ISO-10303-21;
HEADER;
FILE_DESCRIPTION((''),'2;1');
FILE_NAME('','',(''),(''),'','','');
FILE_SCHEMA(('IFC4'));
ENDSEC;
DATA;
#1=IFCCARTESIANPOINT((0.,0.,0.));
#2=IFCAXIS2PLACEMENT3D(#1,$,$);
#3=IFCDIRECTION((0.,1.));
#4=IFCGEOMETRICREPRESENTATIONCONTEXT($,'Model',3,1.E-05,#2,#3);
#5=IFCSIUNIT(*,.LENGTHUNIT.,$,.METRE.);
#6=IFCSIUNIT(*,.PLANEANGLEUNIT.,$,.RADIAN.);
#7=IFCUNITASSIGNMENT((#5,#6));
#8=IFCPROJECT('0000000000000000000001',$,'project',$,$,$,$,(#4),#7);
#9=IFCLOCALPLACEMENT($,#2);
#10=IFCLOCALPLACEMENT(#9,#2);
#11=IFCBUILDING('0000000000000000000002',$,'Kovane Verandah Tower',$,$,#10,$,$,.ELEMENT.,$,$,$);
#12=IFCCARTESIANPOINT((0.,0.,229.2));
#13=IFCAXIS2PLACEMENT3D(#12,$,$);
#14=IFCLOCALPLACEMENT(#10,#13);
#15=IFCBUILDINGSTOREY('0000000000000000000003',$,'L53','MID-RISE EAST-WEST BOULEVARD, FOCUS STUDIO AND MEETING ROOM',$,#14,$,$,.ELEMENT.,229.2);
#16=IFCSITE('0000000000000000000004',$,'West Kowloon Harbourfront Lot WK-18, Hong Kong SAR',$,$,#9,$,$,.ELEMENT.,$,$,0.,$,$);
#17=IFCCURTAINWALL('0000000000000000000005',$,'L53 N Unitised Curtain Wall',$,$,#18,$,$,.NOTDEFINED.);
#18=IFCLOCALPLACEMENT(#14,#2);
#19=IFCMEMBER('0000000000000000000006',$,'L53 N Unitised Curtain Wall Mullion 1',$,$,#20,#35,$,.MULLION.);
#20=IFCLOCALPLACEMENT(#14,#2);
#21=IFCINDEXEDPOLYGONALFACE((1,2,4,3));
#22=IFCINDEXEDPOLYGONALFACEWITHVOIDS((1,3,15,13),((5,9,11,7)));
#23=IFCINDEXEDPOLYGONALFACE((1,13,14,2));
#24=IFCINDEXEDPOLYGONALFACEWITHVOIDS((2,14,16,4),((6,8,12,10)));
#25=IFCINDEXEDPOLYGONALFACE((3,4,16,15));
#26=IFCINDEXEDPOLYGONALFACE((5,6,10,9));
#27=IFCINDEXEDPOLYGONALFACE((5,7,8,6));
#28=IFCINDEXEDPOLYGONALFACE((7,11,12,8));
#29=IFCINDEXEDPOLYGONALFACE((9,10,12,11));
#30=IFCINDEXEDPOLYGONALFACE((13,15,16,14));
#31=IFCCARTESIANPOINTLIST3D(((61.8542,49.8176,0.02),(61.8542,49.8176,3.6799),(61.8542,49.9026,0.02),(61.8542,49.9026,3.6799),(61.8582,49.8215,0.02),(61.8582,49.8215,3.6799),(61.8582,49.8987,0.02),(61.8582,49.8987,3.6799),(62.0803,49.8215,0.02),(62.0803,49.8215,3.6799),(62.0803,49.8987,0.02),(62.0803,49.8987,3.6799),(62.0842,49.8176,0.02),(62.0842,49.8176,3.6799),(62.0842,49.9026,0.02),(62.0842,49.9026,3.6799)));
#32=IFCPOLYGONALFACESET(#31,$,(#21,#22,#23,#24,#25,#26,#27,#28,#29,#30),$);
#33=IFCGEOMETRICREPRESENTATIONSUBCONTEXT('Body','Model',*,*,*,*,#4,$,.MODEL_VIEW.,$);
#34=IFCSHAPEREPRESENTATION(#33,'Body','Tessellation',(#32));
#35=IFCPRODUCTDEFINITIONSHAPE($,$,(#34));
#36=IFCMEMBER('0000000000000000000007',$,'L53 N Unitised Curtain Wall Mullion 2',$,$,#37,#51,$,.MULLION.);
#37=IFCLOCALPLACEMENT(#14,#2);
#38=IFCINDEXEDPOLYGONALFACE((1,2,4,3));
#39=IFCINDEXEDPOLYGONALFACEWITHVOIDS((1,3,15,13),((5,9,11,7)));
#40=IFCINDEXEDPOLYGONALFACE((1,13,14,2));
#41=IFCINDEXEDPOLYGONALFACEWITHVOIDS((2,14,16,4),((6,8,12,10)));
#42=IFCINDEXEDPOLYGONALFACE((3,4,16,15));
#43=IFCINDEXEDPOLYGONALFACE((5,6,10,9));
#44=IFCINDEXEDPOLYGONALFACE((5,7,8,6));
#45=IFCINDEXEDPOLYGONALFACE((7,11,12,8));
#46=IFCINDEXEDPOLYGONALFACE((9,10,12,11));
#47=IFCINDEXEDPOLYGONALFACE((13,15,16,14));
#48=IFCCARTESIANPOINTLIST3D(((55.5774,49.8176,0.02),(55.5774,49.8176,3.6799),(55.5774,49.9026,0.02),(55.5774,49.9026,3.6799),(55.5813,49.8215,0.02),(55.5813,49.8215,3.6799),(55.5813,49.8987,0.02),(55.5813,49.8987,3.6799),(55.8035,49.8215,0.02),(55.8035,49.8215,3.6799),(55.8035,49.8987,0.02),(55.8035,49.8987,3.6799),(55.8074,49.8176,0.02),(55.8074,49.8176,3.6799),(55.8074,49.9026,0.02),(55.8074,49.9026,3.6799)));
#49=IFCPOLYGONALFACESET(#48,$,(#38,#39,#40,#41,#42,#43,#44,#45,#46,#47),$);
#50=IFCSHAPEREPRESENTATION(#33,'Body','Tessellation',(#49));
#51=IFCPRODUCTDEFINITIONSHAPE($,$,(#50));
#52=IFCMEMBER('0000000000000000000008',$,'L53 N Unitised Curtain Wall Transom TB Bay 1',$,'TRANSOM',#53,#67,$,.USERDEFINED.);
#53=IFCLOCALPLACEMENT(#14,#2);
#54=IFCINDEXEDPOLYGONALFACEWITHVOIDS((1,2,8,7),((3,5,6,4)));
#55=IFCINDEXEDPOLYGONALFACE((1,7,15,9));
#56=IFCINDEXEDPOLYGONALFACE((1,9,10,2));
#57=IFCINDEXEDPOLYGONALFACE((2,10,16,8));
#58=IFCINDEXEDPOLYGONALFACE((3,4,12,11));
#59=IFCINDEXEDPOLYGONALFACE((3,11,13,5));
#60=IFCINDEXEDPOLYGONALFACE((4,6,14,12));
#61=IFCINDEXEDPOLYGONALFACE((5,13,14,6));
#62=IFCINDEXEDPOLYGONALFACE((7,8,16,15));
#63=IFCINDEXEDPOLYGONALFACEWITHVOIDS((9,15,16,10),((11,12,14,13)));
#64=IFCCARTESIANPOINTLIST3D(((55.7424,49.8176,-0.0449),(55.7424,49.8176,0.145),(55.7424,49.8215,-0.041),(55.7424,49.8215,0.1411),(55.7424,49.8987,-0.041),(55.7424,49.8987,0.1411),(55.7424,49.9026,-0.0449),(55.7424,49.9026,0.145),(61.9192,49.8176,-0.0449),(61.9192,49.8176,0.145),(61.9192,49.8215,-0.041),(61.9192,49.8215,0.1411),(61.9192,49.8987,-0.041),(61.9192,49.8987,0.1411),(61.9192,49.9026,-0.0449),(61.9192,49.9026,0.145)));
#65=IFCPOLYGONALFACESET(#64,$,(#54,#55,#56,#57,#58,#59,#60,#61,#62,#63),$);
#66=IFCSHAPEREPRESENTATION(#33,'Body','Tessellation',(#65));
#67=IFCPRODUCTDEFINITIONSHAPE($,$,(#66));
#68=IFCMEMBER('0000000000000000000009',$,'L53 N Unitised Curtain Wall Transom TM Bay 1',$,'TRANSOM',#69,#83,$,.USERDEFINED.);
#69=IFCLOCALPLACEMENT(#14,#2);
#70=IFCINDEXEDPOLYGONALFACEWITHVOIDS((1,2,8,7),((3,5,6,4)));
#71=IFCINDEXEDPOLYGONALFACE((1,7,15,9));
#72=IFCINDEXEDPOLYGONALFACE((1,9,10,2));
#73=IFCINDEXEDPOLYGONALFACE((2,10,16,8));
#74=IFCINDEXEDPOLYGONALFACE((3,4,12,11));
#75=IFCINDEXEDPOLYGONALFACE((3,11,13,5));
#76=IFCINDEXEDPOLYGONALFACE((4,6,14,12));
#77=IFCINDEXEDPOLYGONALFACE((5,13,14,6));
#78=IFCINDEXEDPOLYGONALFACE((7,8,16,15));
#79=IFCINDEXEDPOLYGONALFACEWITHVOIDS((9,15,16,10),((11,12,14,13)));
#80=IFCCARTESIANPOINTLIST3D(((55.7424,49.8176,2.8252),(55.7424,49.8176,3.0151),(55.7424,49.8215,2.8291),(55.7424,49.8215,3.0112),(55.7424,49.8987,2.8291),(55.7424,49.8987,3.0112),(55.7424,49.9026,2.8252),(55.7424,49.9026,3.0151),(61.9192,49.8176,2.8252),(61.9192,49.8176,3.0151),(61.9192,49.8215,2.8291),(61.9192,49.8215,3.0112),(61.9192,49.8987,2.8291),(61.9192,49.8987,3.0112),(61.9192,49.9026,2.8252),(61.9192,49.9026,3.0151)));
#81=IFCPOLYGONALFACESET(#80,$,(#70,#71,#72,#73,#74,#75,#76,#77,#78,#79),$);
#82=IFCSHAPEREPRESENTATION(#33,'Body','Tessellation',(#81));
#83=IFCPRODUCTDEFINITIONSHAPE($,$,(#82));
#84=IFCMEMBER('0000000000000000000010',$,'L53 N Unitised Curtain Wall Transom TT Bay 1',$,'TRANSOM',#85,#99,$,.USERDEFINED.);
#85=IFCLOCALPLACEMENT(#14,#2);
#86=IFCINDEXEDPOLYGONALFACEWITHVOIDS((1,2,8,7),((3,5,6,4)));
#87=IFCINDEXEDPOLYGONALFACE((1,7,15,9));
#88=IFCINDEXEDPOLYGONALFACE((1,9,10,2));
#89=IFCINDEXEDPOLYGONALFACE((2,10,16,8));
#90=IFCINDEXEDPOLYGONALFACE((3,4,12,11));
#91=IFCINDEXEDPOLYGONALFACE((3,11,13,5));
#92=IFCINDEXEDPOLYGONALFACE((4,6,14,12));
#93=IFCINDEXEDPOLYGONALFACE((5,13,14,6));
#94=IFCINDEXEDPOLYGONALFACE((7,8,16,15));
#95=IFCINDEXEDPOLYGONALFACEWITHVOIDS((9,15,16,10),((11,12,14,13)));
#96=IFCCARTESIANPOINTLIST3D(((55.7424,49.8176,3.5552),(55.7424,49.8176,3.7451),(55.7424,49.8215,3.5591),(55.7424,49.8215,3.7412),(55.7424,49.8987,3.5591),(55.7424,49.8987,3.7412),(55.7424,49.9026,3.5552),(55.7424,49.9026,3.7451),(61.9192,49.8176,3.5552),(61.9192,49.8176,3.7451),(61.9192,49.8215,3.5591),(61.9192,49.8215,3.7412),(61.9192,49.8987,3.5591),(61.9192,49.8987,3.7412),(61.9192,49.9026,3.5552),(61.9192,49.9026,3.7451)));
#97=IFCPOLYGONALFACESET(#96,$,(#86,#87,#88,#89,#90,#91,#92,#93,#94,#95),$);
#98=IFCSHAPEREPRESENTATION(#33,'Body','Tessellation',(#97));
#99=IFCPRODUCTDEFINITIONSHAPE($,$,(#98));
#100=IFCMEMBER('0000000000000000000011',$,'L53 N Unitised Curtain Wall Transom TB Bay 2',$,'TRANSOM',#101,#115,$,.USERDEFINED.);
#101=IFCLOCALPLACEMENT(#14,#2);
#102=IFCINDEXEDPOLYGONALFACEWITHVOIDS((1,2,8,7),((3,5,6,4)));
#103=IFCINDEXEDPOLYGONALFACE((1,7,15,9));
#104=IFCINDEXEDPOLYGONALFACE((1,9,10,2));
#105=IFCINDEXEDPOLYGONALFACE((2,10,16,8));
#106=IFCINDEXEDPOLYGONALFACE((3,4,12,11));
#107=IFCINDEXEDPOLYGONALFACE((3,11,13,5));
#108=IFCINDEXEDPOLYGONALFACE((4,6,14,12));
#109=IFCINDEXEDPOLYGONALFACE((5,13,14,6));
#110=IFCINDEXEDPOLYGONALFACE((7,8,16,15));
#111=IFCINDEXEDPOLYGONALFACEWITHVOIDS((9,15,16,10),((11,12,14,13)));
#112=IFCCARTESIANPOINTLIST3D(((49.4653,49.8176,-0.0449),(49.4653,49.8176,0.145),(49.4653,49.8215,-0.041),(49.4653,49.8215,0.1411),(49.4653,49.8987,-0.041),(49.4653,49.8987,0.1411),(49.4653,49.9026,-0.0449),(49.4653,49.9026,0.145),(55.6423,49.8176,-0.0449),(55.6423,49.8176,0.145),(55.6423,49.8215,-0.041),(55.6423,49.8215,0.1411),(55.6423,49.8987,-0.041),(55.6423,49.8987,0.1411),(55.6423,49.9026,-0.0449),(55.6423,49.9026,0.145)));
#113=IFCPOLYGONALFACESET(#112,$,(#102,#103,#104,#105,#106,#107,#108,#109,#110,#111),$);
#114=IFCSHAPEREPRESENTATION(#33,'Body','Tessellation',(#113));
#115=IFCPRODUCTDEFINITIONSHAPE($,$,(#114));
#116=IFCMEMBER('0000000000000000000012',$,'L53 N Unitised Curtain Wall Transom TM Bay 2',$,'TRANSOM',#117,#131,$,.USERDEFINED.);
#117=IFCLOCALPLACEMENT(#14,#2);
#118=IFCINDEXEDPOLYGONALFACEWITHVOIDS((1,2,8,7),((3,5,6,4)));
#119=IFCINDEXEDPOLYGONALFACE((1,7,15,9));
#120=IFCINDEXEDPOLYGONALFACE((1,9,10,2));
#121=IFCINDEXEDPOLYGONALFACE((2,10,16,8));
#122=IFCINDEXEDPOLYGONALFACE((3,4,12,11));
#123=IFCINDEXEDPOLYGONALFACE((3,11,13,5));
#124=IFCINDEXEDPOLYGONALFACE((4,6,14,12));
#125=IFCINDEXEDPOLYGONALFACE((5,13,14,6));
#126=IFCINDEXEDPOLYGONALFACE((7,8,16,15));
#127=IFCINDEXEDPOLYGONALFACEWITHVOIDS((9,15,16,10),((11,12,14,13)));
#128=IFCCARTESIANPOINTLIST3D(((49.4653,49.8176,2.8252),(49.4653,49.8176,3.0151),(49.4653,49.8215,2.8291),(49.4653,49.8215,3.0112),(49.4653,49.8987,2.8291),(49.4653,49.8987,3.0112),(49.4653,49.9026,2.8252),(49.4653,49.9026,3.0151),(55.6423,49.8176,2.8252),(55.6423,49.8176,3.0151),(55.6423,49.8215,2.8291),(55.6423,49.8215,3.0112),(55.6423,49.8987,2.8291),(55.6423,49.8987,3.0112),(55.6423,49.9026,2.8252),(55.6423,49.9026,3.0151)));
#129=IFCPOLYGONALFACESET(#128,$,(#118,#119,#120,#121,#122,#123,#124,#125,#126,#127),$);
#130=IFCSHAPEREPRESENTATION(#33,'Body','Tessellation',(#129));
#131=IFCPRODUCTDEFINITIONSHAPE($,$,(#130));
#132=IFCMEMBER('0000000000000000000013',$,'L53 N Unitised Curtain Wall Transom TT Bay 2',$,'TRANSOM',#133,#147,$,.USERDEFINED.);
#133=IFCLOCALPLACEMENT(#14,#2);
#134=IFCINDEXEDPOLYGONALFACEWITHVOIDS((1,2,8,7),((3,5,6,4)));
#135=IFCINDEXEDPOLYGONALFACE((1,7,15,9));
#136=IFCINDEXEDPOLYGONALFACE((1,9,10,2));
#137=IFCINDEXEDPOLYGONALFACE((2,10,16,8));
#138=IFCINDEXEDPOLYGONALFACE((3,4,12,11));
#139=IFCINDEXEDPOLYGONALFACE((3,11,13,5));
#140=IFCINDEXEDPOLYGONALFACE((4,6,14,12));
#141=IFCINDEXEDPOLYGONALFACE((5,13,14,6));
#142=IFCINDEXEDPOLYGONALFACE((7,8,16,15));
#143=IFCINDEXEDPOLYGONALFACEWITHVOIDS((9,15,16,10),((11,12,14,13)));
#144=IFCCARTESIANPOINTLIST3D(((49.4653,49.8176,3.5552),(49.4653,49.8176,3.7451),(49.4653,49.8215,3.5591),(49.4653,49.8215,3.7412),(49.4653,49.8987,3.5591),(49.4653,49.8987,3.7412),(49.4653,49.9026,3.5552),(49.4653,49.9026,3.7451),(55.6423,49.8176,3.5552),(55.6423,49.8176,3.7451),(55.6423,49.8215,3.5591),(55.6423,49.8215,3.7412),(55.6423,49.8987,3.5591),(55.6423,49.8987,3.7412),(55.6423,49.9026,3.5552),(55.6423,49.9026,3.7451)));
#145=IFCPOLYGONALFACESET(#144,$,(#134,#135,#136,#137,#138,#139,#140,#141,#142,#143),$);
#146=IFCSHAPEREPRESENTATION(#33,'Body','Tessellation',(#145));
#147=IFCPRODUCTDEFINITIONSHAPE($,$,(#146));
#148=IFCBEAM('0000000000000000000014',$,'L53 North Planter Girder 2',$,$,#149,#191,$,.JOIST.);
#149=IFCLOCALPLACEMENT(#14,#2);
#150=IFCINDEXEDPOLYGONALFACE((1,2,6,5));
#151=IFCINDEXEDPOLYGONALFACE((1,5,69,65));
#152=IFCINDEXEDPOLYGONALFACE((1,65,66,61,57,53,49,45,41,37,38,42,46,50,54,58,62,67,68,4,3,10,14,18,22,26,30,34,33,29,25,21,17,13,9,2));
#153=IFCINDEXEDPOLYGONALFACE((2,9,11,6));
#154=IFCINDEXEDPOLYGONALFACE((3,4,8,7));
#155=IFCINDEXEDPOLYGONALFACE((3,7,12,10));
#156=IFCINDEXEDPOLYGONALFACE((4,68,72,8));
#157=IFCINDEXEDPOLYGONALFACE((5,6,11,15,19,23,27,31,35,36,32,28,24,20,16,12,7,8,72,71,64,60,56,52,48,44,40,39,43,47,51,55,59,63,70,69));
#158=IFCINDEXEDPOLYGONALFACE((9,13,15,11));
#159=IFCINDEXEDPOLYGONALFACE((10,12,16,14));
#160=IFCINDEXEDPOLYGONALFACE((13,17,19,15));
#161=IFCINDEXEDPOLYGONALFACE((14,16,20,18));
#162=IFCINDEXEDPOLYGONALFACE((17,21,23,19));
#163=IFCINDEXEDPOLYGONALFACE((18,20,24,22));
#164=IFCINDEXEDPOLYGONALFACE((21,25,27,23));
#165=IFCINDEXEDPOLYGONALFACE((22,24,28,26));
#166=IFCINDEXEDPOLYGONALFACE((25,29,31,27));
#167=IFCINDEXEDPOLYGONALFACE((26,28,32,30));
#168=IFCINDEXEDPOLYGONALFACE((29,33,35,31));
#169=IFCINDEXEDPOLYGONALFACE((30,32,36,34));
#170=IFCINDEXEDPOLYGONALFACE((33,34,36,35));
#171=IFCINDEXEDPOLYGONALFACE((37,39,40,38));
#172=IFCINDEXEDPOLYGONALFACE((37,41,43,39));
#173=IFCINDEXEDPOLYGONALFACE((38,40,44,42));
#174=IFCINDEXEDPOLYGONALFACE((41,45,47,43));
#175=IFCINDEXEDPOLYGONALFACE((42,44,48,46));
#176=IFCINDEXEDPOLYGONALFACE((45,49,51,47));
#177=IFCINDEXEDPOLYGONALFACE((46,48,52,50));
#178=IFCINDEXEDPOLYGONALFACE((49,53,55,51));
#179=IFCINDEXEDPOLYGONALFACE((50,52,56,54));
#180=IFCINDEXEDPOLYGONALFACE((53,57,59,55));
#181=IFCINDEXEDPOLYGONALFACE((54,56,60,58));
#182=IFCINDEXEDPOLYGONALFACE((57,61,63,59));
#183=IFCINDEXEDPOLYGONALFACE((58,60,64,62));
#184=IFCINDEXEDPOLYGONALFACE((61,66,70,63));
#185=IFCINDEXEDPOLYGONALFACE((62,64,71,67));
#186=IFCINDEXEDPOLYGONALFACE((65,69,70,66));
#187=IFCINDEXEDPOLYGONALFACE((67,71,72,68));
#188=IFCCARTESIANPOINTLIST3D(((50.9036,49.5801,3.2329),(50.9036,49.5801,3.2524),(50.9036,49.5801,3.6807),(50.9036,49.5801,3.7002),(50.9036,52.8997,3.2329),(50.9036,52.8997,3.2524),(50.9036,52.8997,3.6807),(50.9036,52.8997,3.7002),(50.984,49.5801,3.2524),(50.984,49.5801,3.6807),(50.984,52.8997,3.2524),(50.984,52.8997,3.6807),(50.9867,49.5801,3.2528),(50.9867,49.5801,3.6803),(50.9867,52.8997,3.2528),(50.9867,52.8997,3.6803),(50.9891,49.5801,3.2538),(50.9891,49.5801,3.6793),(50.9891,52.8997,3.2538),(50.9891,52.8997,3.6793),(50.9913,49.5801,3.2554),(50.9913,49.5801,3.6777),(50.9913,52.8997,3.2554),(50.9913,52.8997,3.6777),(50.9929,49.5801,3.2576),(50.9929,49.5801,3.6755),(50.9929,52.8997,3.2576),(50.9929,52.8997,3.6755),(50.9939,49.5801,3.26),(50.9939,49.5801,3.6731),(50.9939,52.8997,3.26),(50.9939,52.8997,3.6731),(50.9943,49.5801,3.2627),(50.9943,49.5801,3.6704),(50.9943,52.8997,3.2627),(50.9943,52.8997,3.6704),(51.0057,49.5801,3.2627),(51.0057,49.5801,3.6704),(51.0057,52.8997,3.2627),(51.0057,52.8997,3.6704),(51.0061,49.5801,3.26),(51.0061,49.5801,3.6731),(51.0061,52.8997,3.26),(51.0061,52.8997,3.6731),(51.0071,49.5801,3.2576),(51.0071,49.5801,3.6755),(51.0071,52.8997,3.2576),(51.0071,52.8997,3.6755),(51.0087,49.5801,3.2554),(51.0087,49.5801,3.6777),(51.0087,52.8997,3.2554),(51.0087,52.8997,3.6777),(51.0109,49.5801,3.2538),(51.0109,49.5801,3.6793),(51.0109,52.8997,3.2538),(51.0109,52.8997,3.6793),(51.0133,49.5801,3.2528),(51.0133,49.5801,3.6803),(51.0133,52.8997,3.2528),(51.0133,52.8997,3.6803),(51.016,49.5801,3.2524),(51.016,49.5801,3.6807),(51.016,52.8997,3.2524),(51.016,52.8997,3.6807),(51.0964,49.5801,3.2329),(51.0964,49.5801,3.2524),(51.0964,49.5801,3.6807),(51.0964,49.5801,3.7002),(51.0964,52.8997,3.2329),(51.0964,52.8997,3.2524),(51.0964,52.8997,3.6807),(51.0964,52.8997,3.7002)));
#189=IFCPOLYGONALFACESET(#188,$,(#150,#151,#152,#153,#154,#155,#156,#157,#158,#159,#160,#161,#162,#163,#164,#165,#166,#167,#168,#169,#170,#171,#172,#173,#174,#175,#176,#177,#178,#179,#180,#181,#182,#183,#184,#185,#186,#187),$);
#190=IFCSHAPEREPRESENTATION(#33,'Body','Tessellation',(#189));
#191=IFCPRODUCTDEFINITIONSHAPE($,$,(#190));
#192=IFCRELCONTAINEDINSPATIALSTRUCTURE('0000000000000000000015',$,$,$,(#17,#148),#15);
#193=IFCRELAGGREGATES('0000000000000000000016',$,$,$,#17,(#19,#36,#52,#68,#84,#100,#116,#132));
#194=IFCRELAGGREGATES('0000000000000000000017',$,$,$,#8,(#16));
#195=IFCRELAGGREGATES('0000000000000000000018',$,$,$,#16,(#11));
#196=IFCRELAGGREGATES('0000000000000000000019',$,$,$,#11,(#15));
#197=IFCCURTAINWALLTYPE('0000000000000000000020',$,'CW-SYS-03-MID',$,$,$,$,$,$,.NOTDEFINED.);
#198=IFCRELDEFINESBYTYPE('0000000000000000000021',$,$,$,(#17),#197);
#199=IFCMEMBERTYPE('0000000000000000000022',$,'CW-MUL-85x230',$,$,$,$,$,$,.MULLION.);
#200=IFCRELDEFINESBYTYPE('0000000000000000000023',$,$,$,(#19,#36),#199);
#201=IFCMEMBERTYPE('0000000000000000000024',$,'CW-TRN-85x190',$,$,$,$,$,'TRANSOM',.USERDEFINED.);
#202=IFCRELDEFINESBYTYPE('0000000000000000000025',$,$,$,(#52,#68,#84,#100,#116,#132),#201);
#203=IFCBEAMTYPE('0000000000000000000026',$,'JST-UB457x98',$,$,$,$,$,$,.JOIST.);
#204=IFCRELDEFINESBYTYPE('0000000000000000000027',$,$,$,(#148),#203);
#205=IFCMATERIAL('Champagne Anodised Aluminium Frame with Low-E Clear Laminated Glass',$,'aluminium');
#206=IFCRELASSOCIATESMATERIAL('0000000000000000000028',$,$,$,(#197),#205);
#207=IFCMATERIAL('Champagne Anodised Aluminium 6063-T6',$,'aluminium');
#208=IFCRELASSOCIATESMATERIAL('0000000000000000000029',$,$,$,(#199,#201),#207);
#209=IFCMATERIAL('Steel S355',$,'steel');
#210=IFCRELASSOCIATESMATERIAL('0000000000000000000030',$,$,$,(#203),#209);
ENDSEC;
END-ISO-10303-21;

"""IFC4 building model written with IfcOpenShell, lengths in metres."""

from ifc_helpers import new_model, si_unit, direction, frame, origin, origin_2d, place, context, subcontext, project, spatial, hollow_rectangle, i_section, extrude, material, material_profile, profile_set, type_object, element, aggregate, save


model = new_model("IFC4")

# Units and contexts
model_context = context("Model", 3, precision=1e-05, world=origin(), true_north=direction((0.0, 1.0)))
body_context = subcontext(model_context, "Body", "Model", "MODEL_VIEW")
ifc_project = project(units=[si_unit("LENGTHUNIT", "METRE"), si_unit("PLANEANGLEUNIT", "RADIAN")], contexts=[model_context])

# Site, building, storey
site_placement = place(None, origin())
site = spatial("IfcSite", under=ifc_project, at=site_placement, Name="West Kowloon Harbourfront Lot WK-18, Hong Kong SAR", CompositionType="ELEMENT", RefElevation=0.0)
building_placement = place(site_placement, origin())
building = spatial("IfcBuilding", under=site, at=building_placement, Name="Kovane Verandah Tower", CompositionType="ELEMENT")
storey_placement = place(building_placement, frame((0.0, 0.0, 229.2)))
storey = spatial("IfcBuildingStorey", under=building, at=storey_placement, Name="L53", Description="MID-RISE EAST-WEST BOULEVARD, FOCUS STUDIO AND MEETING ROOM", CompositionType="ELEMENT", Elevation=229.2)

# Shared definitions
ifc_material_1 = material(Name="Steel S355", Category="steel")

# Shared definitions
ifc_material_2 = material(Name="Champagne Anodised Aluminium Frame with Low-E Clear Laminated Glass", Category="aluminium")
curtain_wall_type = type_object("IfcCurtainWallType", Name="CW-SYS-03-MID", PredefinedType="NOTDEFINED", material=ifc_material_2)
ifc_material_3 = material(Name="Champagne Anodised Aluminium 6063-T6", Category="aluminium")
ifc_material_profile_1 = material_profile(ifc_material_3, hollow_rectangle(XDim=0.085, YDim=0.23, WallThickness=0.0039, at=origin_2d()), Name="AL85x230x4")
ifc_profile_set_1 = profile_set([ifc_material_profile_1], Name="Champagne Anodised Aluminium 6063-T6")
member_type_1 = type_object("IfcMemberType", Name="CW-MUL-85x230", PredefinedType="MULLION", material=ifc_profile_set_1)

# Curtain wall, members
curtain_wall_1_placement = place(storey_placement, origin())
curtain_wall_1 = element("IfcCurtainWall", 1, at=curtain_wall_1_placement, inside=storey, type_object=curtain_wall_type, Name="L53 N Unitised Curtain Wall", PredefinedType="NOTDEFINED")
member_1_placement = place(storey_placement, frame((61.9692, 49.8601, 0.02), z_axis=(0.0, 0.0, 1.0), x_axis=(0.0, 1.0, 0.0)))
member_1 = element("IfcMember", 2, at=member_1_placement, type_object=member_type_1, Name="L53 N Unitised Curtain Wall Mullion 1", PredefinedType="MULLION", context=body_context, shape_type="SweptSolid", body=[
    extrude(hollow_rectangle(XDim=0.085, YDim=0.23, WallThickness=0.0039, at=origin_2d()), origin(), (0.0, 0.0, 1.0), 3.6599),
])
member_2_placement = place(storey_placement, frame((55.6924, 49.8601, 0.02), z_axis=(0.0, 0.0, 1.0), x_axis=(0.0, 1.0, 0.0)))
member_2 = element("IfcMember", 3, at=member_2_placement, type_object=member_type_1, Name="L53 N Unitised Curtain Wall Mullion 2", PredefinedType="MULLION", context=body_context, shape_type="SweptSolid", body=[
    extrude(hollow_rectangle(XDim=0.085, YDim=0.23, WallThickness=0.0039, at=origin_2d()), origin(), (0.0, 0.0, 1.0), 3.6599),
])
ifc_material_profile_2 = material_profile(ifc_material_3, hollow_rectangle(XDim=0.085, YDim=0.1899, WallThickness=0.0039, at=origin_2d()), Name="AL85x190x4")
ifc_profile_set_2 = profile_set([ifc_material_profile_2], Name="Champagne Anodised Aluminium 6063-T6")
member_type_2 = type_object("IfcMemberType", Name="CW-TRN-85x190", ElementType="TRANSOM", PredefinedType="USERDEFINED", material=ifc_profile_set_2)
member_3_placement = place(storey_placement, frame((61.9192, 49.8601, 0.05), z_axis=(-1.0, 0.0, 0.0), x_axis=(0.0, -1.0, 0.0)))
member_3 = element("IfcMember", 4, at=member_3_placement, type_object=member_type_2, Name="L53 N Unitised Curtain Wall Transom TB Bay 1", ObjectType="TRANSOM", PredefinedType="USERDEFINED", context=body_context, shape_type="SweptSolid", body=[
    extrude(hollow_rectangle(XDim=0.085, YDim=0.1899, WallThickness=0.0039, at=origin_2d()), origin(), (0.0, 0.0, 1.0), 6.1768),
])
member_4_placement = place(storey_placement, frame((61.9192, 49.8601, 2.9202), z_axis=(-1.0, 0.0, 0.0), x_axis=(0.0, -1.0, 0.0)))
member_4 = element("IfcMember", 5, at=member_4_placement, type_object=member_type_2, Name="L53 N Unitised Curtain Wall Transom TM Bay 1", ObjectType="TRANSOM", PredefinedType="USERDEFINED", context=body_context, shape_type="SweptSolid", body=[
    extrude(hollow_rectangle(XDim=0.085, YDim=0.1899, WallThickness=0.0039, at=origin_2d()), origin(), (0.0, 0.0, 1.0), 6.1768),
])
member_5_placement = place(storey_placement, frame((61.9192, 49.8601, 3.6501), z_axis=(-1.0, 0.0, 0.0), x_axis=(0.0, -1.0, 0.0)))
member_5 = element("IfcMember", 6, at=member_5_placement, type_object=member_type_2, Name="L53 N Unitised Curtain Wall Transom TT Bay 1", ObjectType="TRANSOM", PredefinedType="USERDEFINED", context=body_context, shape_type="SweptSolid", body=[
    extrude(hollow_rectangle(XDim=0.085, YDim=0.1899, WallThickness=0.0039, at=origin_2d()), origin(), (0.0, 0.0, 1.0), 6.1768),
])
member_6_placement = place(storey_placement, frame((55.6423, 49.8601, 0.05), z_axis=(-1.0, 0.0, 0.0), x_axis=(0.0, -1.0, 0.0)))
member_6 = element("IfcMember", 7, at=member_6_placement, type_object=member_type_2, Name="L53 N Unitised Curtain Wall Transom TB Bay 2", ObjectType="TRANSOM", PredefinedType="USERDEFINED", context=body_context, shape_type="SweptSolid", body=[
    extrude(hollow_rectangle(XDim=0.085, YDim=0.1899, WallThickness=0.0039, at=origin_2d()), origin(), (0.0, 0.0, 1.0), 6.177),
])
member_7_placement = place(storey_placement, frame((55.6423, 49.8601, 2.9202), z_axis=(-1.0, 0.0, 0.0), x_axis=(0.0, -1.0, 0.0)))
member_7 = element("IfcMember", 8, at=member_7_placement, type_object=member_type_2, Name="L53 N Unitised Curtain Wall Transom TM Bay 2", ObjectType="TRANSOM", PredefinedType="USERDEFINED", context=body_context, shape_type="SweptSolid", body=[
    extrude(hollow_rectangle(XDim=0.085, YDim=0.1899, WallThickness=0.0039, at=origin_2d()), origin(), (0.0, 0.0, 1.0), 6.177),
])
member_8_placement = place(storey_placement, frame((55.6423, 49.8601, 3.6501), z_axis=(-1.0, 0.0, 0.0), x_axis=(0.0, -1.0, 0.0)))
member_8 = element("IfcMember", 9, at=member_8_placement, type_object=member_type_2, Name="L53 N Unitised Curtain Wall Transom TT Bay 2", ObjectType="TRANSOM", PredefinedType="USERDEFINED", context=body_context, shape_type="SweptSolid", body=[
    extrude(hollow_rectangle(XDim=0.085, YDim=0.1899, WallThickness=0.0039, at=origin_2d()), origin(), (0.0, 0.0, 1.0), 6.177),
])

# Beam
ifc_material_profile_3 = material_profile(ifc_material_1, i_section(OverallWidth=0.1929, OverallDepth=0.4673, WebThickness=0.0115, FlangeThickness=0.0195, FilletRadius=0.0103, at=origin_2d()), Name="UB457x191x98")
ifc_profile_set_3 = profile_set([ifc_material_profile_3], Name="Steel S355")
beam_type_1 = type_object("IfcBeamType", Name="JST-UB457x98", PredefinedType="JOIST", material=ifc_profile_set_3)
beam_1_placement = place(storey_placement, frame((51.0, 49.5801, 3.4666), z_axis=(0.0, 1.0, 0.0), x_axis=(-1.0, 0.0, 0.0)))
element("IfcBeam", 10, at=beam_1_placement, inside=storey, type_object=beam_type_1, Name="L53 North Planter Girder 2", PredefinedType="JOIST", context=body_context, shape_type="SweptSolid", body=[
    extrude(i_section(OverallWidth=0.1929, OverallDepth=0.4673, WebThickness=0.0115, FlangeThickness=0.0195, FilletRadius=0.0103, at=origin_2d()), origin(), (0.0, 0.0, 1.0), 3.3196),
])

aggregate(curtain_wall_1, [member_1, member_2, member_3, member_4, member_5, member_6, member_7, member_8])

save(model, "model.ifc")
